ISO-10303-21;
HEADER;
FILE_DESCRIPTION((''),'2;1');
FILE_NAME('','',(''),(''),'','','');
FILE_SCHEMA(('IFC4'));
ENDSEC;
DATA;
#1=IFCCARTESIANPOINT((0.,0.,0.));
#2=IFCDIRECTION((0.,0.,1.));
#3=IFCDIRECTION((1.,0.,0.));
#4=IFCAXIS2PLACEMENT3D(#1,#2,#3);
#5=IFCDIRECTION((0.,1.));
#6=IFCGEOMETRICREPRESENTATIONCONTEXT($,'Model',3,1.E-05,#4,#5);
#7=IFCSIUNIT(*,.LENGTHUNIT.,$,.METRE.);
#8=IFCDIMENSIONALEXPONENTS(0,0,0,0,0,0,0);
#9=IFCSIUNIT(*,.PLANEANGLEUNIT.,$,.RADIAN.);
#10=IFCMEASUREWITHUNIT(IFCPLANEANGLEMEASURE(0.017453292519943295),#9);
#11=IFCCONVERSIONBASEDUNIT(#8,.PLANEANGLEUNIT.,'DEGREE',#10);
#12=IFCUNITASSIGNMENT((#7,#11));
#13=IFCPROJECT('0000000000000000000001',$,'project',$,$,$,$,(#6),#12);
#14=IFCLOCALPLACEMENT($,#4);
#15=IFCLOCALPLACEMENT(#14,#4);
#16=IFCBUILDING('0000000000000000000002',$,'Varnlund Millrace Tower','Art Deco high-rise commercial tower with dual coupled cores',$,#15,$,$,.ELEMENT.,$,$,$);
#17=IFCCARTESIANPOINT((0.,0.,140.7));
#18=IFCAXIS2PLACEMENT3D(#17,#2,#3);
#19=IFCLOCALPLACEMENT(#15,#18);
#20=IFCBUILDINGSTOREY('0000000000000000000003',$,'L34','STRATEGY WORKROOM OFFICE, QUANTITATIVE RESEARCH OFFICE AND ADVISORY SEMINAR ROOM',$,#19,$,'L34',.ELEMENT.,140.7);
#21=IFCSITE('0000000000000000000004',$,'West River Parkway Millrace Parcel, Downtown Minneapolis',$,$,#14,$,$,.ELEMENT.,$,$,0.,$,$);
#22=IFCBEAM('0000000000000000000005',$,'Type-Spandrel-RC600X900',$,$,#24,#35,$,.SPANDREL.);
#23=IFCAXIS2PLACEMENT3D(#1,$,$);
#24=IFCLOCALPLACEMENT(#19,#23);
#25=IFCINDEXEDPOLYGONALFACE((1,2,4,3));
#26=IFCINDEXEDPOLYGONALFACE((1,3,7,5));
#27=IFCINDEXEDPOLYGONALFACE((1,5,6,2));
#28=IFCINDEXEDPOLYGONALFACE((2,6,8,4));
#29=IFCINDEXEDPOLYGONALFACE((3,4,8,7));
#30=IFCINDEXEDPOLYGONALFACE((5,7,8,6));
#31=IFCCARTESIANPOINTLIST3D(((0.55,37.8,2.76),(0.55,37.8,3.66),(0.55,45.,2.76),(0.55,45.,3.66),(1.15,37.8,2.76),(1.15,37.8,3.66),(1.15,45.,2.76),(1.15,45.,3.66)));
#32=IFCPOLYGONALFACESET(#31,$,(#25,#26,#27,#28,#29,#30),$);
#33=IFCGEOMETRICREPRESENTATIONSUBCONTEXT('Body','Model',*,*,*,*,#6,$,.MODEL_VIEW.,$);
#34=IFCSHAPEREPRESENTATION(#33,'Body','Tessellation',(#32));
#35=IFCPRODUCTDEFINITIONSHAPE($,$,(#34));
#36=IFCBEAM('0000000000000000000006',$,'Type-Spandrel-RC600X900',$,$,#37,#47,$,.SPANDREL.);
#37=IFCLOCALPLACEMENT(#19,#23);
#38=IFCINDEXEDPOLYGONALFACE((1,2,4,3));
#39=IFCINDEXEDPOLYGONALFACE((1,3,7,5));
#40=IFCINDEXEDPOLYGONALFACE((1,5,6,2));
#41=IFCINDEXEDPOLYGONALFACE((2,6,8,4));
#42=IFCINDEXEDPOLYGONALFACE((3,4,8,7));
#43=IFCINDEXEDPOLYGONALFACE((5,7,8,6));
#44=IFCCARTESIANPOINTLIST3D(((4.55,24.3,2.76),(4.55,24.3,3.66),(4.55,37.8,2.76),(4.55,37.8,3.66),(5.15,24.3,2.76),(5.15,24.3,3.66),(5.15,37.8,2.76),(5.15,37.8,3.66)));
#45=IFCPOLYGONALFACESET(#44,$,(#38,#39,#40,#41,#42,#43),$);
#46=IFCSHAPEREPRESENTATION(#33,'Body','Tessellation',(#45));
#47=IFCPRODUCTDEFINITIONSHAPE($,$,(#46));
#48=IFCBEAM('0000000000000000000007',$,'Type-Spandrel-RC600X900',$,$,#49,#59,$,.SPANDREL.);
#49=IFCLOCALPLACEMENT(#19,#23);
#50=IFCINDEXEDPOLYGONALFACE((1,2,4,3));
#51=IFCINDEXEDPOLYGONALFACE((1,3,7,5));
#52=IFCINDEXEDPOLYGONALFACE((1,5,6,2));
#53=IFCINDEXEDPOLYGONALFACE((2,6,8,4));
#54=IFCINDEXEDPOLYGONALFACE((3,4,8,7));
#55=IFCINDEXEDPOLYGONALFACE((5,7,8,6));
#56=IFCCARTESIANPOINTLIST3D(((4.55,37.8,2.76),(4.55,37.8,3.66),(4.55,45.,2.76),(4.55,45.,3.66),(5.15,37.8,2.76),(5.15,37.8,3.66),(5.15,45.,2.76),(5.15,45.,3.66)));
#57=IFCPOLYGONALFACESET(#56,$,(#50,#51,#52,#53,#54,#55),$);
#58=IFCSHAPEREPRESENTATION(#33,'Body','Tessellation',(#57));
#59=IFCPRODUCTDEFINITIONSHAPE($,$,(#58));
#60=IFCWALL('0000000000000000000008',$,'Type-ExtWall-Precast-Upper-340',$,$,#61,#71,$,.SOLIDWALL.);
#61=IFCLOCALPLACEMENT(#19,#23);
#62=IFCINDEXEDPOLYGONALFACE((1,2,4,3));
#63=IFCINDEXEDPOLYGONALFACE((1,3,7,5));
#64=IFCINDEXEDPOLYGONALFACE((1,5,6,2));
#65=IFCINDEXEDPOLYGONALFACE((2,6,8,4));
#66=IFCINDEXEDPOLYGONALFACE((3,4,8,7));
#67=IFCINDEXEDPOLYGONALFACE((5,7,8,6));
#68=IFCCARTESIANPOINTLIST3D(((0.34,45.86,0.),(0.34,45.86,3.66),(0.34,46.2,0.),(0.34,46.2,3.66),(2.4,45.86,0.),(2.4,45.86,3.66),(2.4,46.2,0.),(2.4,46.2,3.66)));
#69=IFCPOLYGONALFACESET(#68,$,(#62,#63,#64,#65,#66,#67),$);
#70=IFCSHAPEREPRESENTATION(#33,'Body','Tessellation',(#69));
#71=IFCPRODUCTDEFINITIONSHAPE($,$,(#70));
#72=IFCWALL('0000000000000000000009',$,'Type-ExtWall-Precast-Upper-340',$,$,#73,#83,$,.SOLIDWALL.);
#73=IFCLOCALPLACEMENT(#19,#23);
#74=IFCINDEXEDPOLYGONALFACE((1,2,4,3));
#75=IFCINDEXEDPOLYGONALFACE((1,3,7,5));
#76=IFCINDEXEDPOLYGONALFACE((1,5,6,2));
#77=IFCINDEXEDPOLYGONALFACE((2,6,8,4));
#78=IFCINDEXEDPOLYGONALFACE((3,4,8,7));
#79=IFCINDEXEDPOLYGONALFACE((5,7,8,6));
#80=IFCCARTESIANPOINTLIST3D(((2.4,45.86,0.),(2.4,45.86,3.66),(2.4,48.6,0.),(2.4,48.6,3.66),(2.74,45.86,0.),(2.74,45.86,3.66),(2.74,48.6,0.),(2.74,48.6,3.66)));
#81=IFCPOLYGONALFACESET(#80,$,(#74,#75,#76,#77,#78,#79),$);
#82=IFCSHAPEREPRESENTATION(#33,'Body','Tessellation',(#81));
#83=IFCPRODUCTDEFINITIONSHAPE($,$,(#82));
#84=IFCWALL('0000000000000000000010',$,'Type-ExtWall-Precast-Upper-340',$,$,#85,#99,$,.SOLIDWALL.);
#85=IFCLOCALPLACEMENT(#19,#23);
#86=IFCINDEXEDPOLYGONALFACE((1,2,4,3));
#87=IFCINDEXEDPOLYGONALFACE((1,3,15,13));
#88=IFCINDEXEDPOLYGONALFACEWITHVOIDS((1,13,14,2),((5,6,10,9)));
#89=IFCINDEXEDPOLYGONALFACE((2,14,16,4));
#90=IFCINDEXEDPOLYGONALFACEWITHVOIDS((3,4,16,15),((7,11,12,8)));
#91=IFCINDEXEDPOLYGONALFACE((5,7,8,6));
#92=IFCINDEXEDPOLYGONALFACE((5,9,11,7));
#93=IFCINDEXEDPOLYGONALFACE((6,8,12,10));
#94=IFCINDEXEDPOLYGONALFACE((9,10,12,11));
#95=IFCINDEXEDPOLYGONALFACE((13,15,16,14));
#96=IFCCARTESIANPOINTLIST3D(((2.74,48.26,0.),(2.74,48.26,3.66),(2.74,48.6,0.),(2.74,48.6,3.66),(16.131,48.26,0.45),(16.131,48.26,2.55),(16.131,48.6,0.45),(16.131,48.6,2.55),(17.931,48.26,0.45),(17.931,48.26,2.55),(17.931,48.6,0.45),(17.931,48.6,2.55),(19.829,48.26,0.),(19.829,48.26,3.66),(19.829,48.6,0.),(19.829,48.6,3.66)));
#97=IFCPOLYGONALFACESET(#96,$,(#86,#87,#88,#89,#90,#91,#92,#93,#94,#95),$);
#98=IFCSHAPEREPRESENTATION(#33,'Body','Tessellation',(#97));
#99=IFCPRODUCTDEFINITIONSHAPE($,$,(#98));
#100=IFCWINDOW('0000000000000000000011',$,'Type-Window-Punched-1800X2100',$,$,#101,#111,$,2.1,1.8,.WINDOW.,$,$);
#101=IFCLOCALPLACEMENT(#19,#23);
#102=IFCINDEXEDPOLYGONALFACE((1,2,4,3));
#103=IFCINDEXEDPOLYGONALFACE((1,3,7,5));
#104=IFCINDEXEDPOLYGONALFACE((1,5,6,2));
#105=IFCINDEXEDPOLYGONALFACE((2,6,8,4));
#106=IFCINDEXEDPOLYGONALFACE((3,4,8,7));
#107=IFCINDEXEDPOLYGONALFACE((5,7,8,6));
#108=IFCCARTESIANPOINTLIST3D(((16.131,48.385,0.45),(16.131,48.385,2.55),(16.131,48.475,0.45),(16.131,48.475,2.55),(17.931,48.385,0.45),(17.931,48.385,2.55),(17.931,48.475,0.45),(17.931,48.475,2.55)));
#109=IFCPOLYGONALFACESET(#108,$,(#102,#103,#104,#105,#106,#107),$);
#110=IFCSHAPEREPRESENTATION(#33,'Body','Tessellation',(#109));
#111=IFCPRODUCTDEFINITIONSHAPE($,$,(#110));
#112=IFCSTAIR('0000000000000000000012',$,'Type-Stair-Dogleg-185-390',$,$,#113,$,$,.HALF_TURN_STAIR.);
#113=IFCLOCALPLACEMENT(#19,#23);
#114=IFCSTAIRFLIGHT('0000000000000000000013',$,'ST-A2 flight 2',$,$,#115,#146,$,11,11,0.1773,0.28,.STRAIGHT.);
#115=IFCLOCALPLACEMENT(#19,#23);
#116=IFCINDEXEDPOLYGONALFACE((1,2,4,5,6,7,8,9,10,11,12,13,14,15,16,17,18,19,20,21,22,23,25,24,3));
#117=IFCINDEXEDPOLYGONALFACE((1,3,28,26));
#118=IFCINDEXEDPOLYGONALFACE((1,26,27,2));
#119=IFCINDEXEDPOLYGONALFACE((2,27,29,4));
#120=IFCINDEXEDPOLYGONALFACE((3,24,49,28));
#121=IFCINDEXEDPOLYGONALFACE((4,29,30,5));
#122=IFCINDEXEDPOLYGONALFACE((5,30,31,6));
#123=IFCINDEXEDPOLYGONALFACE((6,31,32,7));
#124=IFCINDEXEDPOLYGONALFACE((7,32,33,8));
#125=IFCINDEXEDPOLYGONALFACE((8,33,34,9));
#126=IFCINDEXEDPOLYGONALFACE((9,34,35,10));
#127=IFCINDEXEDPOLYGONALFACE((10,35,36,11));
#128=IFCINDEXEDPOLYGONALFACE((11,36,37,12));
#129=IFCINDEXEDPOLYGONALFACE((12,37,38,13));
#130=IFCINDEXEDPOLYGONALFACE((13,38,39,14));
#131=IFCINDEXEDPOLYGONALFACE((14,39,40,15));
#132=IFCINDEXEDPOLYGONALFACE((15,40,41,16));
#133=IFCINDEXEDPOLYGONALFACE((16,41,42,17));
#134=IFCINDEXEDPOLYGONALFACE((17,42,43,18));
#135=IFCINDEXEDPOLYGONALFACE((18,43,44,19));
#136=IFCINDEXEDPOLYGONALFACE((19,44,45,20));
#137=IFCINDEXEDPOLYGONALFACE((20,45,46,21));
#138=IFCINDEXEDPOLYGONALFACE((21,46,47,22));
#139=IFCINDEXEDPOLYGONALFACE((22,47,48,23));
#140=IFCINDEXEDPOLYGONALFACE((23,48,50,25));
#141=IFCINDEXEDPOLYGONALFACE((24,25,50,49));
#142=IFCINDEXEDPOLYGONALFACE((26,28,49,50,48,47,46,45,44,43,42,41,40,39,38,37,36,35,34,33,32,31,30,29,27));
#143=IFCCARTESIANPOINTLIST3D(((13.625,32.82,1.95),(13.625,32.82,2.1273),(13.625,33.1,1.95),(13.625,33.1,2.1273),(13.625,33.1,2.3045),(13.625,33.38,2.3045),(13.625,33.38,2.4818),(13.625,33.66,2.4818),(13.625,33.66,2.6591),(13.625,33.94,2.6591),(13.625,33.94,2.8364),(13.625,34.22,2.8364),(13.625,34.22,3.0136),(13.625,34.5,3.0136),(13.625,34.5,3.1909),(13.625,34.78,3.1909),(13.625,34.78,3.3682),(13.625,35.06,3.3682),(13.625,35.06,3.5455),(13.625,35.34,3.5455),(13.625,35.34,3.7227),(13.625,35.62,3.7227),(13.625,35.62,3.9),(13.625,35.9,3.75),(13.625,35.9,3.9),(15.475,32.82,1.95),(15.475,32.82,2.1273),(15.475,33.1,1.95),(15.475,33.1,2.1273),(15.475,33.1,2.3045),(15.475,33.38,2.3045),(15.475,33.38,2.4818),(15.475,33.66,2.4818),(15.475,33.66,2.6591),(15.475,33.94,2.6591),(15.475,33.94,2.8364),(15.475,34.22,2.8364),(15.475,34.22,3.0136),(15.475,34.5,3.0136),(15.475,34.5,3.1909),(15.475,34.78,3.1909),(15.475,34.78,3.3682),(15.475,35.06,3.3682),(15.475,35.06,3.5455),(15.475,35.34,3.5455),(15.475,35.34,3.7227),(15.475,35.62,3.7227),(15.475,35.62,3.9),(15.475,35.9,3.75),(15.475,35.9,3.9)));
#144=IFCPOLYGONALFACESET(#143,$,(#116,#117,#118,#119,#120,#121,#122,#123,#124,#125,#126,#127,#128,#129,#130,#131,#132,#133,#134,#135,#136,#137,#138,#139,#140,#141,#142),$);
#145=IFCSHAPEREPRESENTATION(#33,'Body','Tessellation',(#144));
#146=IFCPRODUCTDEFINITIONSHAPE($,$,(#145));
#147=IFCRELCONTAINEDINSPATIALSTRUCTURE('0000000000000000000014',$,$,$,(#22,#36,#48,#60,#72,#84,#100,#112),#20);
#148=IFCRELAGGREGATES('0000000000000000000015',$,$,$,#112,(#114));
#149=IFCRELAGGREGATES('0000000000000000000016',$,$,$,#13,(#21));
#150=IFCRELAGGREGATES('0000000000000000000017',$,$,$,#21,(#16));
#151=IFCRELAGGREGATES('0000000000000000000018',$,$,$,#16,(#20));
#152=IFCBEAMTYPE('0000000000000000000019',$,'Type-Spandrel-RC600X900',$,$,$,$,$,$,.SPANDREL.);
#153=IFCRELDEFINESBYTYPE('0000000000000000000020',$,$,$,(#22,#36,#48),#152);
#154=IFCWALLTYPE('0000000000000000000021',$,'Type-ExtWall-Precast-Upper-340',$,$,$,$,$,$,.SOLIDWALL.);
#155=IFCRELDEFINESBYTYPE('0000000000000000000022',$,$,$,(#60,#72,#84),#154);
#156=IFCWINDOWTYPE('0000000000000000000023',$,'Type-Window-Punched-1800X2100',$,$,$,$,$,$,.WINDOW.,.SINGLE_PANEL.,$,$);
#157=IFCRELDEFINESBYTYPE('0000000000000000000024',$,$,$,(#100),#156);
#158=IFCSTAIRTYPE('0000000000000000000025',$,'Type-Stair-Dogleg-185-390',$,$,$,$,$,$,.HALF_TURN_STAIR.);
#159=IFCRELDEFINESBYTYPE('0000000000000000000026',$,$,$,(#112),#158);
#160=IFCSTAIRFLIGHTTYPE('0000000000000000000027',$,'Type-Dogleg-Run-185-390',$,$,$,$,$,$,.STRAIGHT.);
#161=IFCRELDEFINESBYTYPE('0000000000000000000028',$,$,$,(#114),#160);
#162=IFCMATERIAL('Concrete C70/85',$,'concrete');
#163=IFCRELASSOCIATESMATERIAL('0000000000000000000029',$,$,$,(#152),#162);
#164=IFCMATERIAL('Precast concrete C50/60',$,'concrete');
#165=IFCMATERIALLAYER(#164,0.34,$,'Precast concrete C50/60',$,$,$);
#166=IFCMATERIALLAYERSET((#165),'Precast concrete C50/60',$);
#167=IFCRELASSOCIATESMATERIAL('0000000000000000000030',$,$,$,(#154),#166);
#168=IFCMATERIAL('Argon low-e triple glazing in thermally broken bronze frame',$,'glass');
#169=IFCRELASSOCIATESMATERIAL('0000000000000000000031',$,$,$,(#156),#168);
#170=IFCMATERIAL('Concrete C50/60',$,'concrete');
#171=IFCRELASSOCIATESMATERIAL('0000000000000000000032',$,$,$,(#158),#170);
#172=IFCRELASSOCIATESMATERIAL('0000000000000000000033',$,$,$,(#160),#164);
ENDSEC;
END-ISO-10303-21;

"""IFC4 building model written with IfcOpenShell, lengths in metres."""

from ifc_helpers import new_model, entity, si_unit, converted_unit, direction, frame, origin_with_axes, origin_2d_with_axis, place, context, subcontext, project, spatial, polyline, rectangle, outline, extrude, material, layer, layer_set, material_profile, profile_set, type_object, element, fill, aggregate, save


model = new_model("IFC4")

# Units and contexts
model_context = context("Model", 3, precision=1e-05, world=origin_with_axes(), true_north=direction((0.0, 1.0)))
body_context = subcontext(model_context, "Body", "Model", "MODEL_VIEW")
ifc_project = project(units=[si_unit("LENGTHUNIT", "METRE"), converted_unit("PLANEANGLEUNIT", "DEGREE", entity("IfcPlaneAngleMeasure", 0.017453292519943295), si_unit("PLANEANGLEUNIT", "RADIAN"), dimensions=[0, 0, 0, 0, 0, 0, 0])], contexts=[model_context])

# Site, building, storey
site_placement = place(None, origin_with_axes())
site = spatial("IfcSite", under=ifc_project, at=site_placement, Name="West River Parkway Millrace Parcel, Downtown Minneapolis", CompositionType="ELEMENT", RefElevation=0.0)
building_placement = place(site_placement, origin_with_axes())
building = spatial("IfcBuilding", under=site, at=building_placement, Name="Varnlund Millrace Tower", Description="Art Deco high-rise commercial tower with dual coupled cores", CompositionType="ELEMENT")
storey_placement = place(building_placement, frame((0.0, 0.0, 140.7), z_axis=(0.0, 0.0, 1.0), x_axis=(1.0, 0.0, 0.0)))
storey = spatial("IfcBuildingStorey", under=building, at=storey_placement, Name="L34", Description="STRATEGY WORKROOM OFFICE, QUANTITATIVE RESEARCH OFFICE AND ADVISORY SEMINAR ROOM", LongName="L34", CompositionType="ELEMENT", Elevation=140.7)

# Beams
ifc_material_1 = material(Name="Concrete C70/85", Category="concrete")
ifc_material_profile_1 = material_profile(ifc_material_1, rectangle(XDim=0.6, YDim=0.9, at=origin_2d_with_axis()), Name="Concrete C70/85")
ifc_profile_set_1 = profile_set([ifc_material_profile_1], Name="Concrete C70/85")
beam_type_1 = type_object("IfcBeamType", Name="Type-Spandrel-RC600X900", PredefinedType="SPANDREL", material=ifc_profile_set_1)
beam_1_placement = place(storey_placement, frame((0.85, 37.8, 3.21), z_axis=(0.0, 1.0, 0.0), x_axis=(-1.0, 0.0, 0.0)))
element("IfcBeam", 1, at=beam_1_placement, inside=storey, type_object=beam_type_1, Name="Type-Spandrel-RC600X900", PredefinedType="SPANDREL", context=body_context, shape_type="SweptSolid", body=[
    extrude(rectangle(XDim=0.6, YDim=0.9, at=origin_2d_with_axis()), origin_with_axes(), (0.0, 0.0, 1.0), 7.2),
])
beam_2_placement = place(storey_placement, frame((4.85, 24.3, 3.21), z_axis=(0.0, 1.0, 0.0), x_axis=(-1.0, 0.0, 0.0)))
element("IfcBeam", 2, at=beam_2_placement, inside=storey, type_object=beam_type_1, Name="Type-Spandrel-RC600X900", PredefinedType="SPANDREL", context=body_context, shape_type="SweptSolid", body=[
    extrude(rectangle(XDim=0.6, YDim=0.9, at=origin_2d_with_axis()), origin_with_axes(), (0.0, 0.0, 1.0), 13.5),
])
beam_3_placement = place(storey_placement, frame((4.85, 37.8, 3.21), z_axis=(0.0, 1.0, 0.0), x_axis=(-1.0, 0.0, 0.0)))
element("IfcBeam", 3, at=beam_3_placement, inside=storey, type_object=beam_type_1, Name="Type-Spandrel-RC600X900", PredefinedType="SPANDREL", context=body_context, shape_type="SweptSolid", body=[
    extrude(rectangle(XDim=0.6, YDim=0.9, at=origin_2d_with_axis()), origin_with_axes(), (0.0, 0.0, 1.0), 7.2),
])

# Walls
ifc_material_2 = material(Name="Precast concrete C50/60", Category="concrete")
ifc_layer = layer(ifc_material_2, 0.34, Name="Precast concrete C50/60")
ifc_layer_set = layer_set([ifc_layer], Name="Precast concrete C50/60")
wall_type = type_object("IfcWallType", Name="Type-ExtWall-Precast-Upper-340", PredefinedType="SOLIDWALL", material=ifc_layer_set)
wall_1_placement = place(storey_placement, frame((0.34, 46.03, 0.0), z_axis=(0.0, 0.0, 1.0), x_axis=(1.0, 0.0, 0.0)))
element("IfcWall", 4, at=wall_1_placement, inside=storey, type_object=wall_type, Name="Type-ExtWall-Precast-Upper-340", PredefinedType="SOLIDWALL", context=body_context, shape_type="SweptSolid", body=[
    extrude(outline(polyline([(0.0, -0.17), (2.06, -0.17), (2.06, 0.17), (0.0, 0.17), (0.0, -0.17)])), origin_with_axes(), (0.0, 0.0, 1.0), 3.66),
])
wall_2_placement = place(storey_placement, frame((2.57, 45.86, 0.0), z_axis=(0.0, 0.0, 1.0), x_axis=(0.0, 1.0, 0.0)))
element("IfcWall", 5, at=wall_2_placement, inside=storey, type_object=wall_type, Name="Type-ExtWall-Precast-Upper-340", PredefinedType="SOLIDWALL", context=body_context, shape_type="SweptSolid", body=[
    extrude(outline(polyline([(0.0, -0.17), (2.74, -0.17), (2.74, 0.17), (0.0, 0.17), (0.0, -0.17)])), origin_with_axes(), (0.0, 0.0, 1.0), 3.66),
])

# Wall, opening, window
wall_3_placement = place(storey_placement, frame((2.74, 48.43, 0.0), z_axis=(0.0, 0.0, 1.0), x_axis=(1.0, 0.0, 0.0)))
wall_3 = element("IfcWall", 6, at=wall_3_placement, inside=storey, type_object=wall_type, Name="Type-ExtWall-Precast-Upper-340", PredefinedType="SOLIDWALL", context=body_context, shape_type="SweptSolid", body=[
    extrude(outline(polyline([(0.0, -0.17), (17.089, -0.17), (17.089, 0.17), (0.0, 0.17), (0.0, -0.17)])), origin_with_axes(), (0.0, 0.0, 1.0), 3.66),
])
opening_placement = place(wall_3_placement, frame((14.291, 0.0, 0.45), z_axis=(0.0, 0.0, 1.0), x_axis=(1.0, 0.0, 0.0)))
opening = element("IfcOpeningElement", 7, at=opening_placement, cuts=wall_3, PredefinedType="OPENING", context=body_context, shape_type="SweptSolid", body=[
    extrude(rectangle(XDim=1.8, YDim=0.36, at=origin_2d_with_axis()), origin_with_axes(), (0.0, 0.0, 1.0), 2.1),
])
ifc_material_3 = material(Name="Argon low-e triple glazing in thermally broken bronze frame", Category="glass")
window_type = type_object("IfcWindowType", Name="Type-Window-Punched-1800X2100", PartitioningType="SINGLE_PANEL", PredefinedType="WINDOW", material=ifc_material_3)
window_placement = place(wall_3_placement, frame((14.291, 0.0, 0.45), z_axis=(0.0, 0.0, 1.0), x_axis=(1.0, 0.0, 0.0)))
window = element("IfcWindow", 8, at=window_placement, inside=storey, type_object=window_type, Name="Type-Window-Punched-1800X2100", OverallHeight=2.1, OverallWidth=1.8, PredefinedType="WINDOW", context=body_context, shape_type="SweptSolid", body=[
    extrude(rectangle(XDim=1.8, YDim=0.09, at=origin_2d_with_axis()), origin_with_axes(), (0.0, 0.0, 1.0), 2.1),
])
fill(opening, window)

# Stair, stair flight
ifc_material_4 = material(Name="Concrete C50/60", Category="concrete")
stair_type = type_object("IfcStairType", Name="Type-Stair-Dogleg-185-390", PredefinedType="HALF_TURN_STAIR", material=ifc_material_4)
stair_placement = place(storey_placement, origin_with_axes())
stair = element("IfcStair", 9, at=stair_placement, inside=storey, type_object=stair_type, Name="Type-Stair-Dogleg-185-390", PredefinedType="HALF_TURN_STAIR")
stair_flight_type = type_object("IfcStairFlightType", Name="Type-Dogleg-Run-185-390", PredefinedType="STRAIGHT", material=ifc_material_2)
stair_flight_placement = place(storey_placement, frame((13.625, 32.82, 1.95), z_axis=(1.0, 0.0, 0.0), x_axis=(0.0, 1.0, 0.0)))
stair_flight = element("IfcStairFlight", 10, at=stair_flight_placement, type_object=stair_flight_type, Name="ST-A2 flight 2", NumberOfRisers=11, NumberOfTreads=11, PredefinedType="STRAIGHT", RiserHeight=0.1773, TreadLength=0.28, context=body_context, shape_type="SweptSolid", body=[
    extrude(outline(polyline([(0.0, 0.0), (0.0, 0.1773), (0.28, 0.1773), (0.28, 0.3545), (0.56, 0.3545), (0.56, 0.5318), (0.84, 0.5318), (0.84, 0.7091), (1.12, 0.7091), (1.12, 0.8864), (1.4, 0.8864), (1.4, 1.0636), (1.68, 1.0636), (1.68, 1.2409), (1.96, 1.2409), (1.96, 1.4182), (2.24, 1.4182), (2.24, 1.5955), (2.52, 1.5955), (2.52, 1.7727), (2.8, 1.7727), (2.8, 1.95), (3.08, 1.95), (3.08, 1.8), (0.28, 0.0), (0.0, 0.0)])), origin_with_axes(), (0.0, 0.0, 1.0), 1.85),
])
aggregate(stair, [stair_flight])

save(model, "model.ifc")
